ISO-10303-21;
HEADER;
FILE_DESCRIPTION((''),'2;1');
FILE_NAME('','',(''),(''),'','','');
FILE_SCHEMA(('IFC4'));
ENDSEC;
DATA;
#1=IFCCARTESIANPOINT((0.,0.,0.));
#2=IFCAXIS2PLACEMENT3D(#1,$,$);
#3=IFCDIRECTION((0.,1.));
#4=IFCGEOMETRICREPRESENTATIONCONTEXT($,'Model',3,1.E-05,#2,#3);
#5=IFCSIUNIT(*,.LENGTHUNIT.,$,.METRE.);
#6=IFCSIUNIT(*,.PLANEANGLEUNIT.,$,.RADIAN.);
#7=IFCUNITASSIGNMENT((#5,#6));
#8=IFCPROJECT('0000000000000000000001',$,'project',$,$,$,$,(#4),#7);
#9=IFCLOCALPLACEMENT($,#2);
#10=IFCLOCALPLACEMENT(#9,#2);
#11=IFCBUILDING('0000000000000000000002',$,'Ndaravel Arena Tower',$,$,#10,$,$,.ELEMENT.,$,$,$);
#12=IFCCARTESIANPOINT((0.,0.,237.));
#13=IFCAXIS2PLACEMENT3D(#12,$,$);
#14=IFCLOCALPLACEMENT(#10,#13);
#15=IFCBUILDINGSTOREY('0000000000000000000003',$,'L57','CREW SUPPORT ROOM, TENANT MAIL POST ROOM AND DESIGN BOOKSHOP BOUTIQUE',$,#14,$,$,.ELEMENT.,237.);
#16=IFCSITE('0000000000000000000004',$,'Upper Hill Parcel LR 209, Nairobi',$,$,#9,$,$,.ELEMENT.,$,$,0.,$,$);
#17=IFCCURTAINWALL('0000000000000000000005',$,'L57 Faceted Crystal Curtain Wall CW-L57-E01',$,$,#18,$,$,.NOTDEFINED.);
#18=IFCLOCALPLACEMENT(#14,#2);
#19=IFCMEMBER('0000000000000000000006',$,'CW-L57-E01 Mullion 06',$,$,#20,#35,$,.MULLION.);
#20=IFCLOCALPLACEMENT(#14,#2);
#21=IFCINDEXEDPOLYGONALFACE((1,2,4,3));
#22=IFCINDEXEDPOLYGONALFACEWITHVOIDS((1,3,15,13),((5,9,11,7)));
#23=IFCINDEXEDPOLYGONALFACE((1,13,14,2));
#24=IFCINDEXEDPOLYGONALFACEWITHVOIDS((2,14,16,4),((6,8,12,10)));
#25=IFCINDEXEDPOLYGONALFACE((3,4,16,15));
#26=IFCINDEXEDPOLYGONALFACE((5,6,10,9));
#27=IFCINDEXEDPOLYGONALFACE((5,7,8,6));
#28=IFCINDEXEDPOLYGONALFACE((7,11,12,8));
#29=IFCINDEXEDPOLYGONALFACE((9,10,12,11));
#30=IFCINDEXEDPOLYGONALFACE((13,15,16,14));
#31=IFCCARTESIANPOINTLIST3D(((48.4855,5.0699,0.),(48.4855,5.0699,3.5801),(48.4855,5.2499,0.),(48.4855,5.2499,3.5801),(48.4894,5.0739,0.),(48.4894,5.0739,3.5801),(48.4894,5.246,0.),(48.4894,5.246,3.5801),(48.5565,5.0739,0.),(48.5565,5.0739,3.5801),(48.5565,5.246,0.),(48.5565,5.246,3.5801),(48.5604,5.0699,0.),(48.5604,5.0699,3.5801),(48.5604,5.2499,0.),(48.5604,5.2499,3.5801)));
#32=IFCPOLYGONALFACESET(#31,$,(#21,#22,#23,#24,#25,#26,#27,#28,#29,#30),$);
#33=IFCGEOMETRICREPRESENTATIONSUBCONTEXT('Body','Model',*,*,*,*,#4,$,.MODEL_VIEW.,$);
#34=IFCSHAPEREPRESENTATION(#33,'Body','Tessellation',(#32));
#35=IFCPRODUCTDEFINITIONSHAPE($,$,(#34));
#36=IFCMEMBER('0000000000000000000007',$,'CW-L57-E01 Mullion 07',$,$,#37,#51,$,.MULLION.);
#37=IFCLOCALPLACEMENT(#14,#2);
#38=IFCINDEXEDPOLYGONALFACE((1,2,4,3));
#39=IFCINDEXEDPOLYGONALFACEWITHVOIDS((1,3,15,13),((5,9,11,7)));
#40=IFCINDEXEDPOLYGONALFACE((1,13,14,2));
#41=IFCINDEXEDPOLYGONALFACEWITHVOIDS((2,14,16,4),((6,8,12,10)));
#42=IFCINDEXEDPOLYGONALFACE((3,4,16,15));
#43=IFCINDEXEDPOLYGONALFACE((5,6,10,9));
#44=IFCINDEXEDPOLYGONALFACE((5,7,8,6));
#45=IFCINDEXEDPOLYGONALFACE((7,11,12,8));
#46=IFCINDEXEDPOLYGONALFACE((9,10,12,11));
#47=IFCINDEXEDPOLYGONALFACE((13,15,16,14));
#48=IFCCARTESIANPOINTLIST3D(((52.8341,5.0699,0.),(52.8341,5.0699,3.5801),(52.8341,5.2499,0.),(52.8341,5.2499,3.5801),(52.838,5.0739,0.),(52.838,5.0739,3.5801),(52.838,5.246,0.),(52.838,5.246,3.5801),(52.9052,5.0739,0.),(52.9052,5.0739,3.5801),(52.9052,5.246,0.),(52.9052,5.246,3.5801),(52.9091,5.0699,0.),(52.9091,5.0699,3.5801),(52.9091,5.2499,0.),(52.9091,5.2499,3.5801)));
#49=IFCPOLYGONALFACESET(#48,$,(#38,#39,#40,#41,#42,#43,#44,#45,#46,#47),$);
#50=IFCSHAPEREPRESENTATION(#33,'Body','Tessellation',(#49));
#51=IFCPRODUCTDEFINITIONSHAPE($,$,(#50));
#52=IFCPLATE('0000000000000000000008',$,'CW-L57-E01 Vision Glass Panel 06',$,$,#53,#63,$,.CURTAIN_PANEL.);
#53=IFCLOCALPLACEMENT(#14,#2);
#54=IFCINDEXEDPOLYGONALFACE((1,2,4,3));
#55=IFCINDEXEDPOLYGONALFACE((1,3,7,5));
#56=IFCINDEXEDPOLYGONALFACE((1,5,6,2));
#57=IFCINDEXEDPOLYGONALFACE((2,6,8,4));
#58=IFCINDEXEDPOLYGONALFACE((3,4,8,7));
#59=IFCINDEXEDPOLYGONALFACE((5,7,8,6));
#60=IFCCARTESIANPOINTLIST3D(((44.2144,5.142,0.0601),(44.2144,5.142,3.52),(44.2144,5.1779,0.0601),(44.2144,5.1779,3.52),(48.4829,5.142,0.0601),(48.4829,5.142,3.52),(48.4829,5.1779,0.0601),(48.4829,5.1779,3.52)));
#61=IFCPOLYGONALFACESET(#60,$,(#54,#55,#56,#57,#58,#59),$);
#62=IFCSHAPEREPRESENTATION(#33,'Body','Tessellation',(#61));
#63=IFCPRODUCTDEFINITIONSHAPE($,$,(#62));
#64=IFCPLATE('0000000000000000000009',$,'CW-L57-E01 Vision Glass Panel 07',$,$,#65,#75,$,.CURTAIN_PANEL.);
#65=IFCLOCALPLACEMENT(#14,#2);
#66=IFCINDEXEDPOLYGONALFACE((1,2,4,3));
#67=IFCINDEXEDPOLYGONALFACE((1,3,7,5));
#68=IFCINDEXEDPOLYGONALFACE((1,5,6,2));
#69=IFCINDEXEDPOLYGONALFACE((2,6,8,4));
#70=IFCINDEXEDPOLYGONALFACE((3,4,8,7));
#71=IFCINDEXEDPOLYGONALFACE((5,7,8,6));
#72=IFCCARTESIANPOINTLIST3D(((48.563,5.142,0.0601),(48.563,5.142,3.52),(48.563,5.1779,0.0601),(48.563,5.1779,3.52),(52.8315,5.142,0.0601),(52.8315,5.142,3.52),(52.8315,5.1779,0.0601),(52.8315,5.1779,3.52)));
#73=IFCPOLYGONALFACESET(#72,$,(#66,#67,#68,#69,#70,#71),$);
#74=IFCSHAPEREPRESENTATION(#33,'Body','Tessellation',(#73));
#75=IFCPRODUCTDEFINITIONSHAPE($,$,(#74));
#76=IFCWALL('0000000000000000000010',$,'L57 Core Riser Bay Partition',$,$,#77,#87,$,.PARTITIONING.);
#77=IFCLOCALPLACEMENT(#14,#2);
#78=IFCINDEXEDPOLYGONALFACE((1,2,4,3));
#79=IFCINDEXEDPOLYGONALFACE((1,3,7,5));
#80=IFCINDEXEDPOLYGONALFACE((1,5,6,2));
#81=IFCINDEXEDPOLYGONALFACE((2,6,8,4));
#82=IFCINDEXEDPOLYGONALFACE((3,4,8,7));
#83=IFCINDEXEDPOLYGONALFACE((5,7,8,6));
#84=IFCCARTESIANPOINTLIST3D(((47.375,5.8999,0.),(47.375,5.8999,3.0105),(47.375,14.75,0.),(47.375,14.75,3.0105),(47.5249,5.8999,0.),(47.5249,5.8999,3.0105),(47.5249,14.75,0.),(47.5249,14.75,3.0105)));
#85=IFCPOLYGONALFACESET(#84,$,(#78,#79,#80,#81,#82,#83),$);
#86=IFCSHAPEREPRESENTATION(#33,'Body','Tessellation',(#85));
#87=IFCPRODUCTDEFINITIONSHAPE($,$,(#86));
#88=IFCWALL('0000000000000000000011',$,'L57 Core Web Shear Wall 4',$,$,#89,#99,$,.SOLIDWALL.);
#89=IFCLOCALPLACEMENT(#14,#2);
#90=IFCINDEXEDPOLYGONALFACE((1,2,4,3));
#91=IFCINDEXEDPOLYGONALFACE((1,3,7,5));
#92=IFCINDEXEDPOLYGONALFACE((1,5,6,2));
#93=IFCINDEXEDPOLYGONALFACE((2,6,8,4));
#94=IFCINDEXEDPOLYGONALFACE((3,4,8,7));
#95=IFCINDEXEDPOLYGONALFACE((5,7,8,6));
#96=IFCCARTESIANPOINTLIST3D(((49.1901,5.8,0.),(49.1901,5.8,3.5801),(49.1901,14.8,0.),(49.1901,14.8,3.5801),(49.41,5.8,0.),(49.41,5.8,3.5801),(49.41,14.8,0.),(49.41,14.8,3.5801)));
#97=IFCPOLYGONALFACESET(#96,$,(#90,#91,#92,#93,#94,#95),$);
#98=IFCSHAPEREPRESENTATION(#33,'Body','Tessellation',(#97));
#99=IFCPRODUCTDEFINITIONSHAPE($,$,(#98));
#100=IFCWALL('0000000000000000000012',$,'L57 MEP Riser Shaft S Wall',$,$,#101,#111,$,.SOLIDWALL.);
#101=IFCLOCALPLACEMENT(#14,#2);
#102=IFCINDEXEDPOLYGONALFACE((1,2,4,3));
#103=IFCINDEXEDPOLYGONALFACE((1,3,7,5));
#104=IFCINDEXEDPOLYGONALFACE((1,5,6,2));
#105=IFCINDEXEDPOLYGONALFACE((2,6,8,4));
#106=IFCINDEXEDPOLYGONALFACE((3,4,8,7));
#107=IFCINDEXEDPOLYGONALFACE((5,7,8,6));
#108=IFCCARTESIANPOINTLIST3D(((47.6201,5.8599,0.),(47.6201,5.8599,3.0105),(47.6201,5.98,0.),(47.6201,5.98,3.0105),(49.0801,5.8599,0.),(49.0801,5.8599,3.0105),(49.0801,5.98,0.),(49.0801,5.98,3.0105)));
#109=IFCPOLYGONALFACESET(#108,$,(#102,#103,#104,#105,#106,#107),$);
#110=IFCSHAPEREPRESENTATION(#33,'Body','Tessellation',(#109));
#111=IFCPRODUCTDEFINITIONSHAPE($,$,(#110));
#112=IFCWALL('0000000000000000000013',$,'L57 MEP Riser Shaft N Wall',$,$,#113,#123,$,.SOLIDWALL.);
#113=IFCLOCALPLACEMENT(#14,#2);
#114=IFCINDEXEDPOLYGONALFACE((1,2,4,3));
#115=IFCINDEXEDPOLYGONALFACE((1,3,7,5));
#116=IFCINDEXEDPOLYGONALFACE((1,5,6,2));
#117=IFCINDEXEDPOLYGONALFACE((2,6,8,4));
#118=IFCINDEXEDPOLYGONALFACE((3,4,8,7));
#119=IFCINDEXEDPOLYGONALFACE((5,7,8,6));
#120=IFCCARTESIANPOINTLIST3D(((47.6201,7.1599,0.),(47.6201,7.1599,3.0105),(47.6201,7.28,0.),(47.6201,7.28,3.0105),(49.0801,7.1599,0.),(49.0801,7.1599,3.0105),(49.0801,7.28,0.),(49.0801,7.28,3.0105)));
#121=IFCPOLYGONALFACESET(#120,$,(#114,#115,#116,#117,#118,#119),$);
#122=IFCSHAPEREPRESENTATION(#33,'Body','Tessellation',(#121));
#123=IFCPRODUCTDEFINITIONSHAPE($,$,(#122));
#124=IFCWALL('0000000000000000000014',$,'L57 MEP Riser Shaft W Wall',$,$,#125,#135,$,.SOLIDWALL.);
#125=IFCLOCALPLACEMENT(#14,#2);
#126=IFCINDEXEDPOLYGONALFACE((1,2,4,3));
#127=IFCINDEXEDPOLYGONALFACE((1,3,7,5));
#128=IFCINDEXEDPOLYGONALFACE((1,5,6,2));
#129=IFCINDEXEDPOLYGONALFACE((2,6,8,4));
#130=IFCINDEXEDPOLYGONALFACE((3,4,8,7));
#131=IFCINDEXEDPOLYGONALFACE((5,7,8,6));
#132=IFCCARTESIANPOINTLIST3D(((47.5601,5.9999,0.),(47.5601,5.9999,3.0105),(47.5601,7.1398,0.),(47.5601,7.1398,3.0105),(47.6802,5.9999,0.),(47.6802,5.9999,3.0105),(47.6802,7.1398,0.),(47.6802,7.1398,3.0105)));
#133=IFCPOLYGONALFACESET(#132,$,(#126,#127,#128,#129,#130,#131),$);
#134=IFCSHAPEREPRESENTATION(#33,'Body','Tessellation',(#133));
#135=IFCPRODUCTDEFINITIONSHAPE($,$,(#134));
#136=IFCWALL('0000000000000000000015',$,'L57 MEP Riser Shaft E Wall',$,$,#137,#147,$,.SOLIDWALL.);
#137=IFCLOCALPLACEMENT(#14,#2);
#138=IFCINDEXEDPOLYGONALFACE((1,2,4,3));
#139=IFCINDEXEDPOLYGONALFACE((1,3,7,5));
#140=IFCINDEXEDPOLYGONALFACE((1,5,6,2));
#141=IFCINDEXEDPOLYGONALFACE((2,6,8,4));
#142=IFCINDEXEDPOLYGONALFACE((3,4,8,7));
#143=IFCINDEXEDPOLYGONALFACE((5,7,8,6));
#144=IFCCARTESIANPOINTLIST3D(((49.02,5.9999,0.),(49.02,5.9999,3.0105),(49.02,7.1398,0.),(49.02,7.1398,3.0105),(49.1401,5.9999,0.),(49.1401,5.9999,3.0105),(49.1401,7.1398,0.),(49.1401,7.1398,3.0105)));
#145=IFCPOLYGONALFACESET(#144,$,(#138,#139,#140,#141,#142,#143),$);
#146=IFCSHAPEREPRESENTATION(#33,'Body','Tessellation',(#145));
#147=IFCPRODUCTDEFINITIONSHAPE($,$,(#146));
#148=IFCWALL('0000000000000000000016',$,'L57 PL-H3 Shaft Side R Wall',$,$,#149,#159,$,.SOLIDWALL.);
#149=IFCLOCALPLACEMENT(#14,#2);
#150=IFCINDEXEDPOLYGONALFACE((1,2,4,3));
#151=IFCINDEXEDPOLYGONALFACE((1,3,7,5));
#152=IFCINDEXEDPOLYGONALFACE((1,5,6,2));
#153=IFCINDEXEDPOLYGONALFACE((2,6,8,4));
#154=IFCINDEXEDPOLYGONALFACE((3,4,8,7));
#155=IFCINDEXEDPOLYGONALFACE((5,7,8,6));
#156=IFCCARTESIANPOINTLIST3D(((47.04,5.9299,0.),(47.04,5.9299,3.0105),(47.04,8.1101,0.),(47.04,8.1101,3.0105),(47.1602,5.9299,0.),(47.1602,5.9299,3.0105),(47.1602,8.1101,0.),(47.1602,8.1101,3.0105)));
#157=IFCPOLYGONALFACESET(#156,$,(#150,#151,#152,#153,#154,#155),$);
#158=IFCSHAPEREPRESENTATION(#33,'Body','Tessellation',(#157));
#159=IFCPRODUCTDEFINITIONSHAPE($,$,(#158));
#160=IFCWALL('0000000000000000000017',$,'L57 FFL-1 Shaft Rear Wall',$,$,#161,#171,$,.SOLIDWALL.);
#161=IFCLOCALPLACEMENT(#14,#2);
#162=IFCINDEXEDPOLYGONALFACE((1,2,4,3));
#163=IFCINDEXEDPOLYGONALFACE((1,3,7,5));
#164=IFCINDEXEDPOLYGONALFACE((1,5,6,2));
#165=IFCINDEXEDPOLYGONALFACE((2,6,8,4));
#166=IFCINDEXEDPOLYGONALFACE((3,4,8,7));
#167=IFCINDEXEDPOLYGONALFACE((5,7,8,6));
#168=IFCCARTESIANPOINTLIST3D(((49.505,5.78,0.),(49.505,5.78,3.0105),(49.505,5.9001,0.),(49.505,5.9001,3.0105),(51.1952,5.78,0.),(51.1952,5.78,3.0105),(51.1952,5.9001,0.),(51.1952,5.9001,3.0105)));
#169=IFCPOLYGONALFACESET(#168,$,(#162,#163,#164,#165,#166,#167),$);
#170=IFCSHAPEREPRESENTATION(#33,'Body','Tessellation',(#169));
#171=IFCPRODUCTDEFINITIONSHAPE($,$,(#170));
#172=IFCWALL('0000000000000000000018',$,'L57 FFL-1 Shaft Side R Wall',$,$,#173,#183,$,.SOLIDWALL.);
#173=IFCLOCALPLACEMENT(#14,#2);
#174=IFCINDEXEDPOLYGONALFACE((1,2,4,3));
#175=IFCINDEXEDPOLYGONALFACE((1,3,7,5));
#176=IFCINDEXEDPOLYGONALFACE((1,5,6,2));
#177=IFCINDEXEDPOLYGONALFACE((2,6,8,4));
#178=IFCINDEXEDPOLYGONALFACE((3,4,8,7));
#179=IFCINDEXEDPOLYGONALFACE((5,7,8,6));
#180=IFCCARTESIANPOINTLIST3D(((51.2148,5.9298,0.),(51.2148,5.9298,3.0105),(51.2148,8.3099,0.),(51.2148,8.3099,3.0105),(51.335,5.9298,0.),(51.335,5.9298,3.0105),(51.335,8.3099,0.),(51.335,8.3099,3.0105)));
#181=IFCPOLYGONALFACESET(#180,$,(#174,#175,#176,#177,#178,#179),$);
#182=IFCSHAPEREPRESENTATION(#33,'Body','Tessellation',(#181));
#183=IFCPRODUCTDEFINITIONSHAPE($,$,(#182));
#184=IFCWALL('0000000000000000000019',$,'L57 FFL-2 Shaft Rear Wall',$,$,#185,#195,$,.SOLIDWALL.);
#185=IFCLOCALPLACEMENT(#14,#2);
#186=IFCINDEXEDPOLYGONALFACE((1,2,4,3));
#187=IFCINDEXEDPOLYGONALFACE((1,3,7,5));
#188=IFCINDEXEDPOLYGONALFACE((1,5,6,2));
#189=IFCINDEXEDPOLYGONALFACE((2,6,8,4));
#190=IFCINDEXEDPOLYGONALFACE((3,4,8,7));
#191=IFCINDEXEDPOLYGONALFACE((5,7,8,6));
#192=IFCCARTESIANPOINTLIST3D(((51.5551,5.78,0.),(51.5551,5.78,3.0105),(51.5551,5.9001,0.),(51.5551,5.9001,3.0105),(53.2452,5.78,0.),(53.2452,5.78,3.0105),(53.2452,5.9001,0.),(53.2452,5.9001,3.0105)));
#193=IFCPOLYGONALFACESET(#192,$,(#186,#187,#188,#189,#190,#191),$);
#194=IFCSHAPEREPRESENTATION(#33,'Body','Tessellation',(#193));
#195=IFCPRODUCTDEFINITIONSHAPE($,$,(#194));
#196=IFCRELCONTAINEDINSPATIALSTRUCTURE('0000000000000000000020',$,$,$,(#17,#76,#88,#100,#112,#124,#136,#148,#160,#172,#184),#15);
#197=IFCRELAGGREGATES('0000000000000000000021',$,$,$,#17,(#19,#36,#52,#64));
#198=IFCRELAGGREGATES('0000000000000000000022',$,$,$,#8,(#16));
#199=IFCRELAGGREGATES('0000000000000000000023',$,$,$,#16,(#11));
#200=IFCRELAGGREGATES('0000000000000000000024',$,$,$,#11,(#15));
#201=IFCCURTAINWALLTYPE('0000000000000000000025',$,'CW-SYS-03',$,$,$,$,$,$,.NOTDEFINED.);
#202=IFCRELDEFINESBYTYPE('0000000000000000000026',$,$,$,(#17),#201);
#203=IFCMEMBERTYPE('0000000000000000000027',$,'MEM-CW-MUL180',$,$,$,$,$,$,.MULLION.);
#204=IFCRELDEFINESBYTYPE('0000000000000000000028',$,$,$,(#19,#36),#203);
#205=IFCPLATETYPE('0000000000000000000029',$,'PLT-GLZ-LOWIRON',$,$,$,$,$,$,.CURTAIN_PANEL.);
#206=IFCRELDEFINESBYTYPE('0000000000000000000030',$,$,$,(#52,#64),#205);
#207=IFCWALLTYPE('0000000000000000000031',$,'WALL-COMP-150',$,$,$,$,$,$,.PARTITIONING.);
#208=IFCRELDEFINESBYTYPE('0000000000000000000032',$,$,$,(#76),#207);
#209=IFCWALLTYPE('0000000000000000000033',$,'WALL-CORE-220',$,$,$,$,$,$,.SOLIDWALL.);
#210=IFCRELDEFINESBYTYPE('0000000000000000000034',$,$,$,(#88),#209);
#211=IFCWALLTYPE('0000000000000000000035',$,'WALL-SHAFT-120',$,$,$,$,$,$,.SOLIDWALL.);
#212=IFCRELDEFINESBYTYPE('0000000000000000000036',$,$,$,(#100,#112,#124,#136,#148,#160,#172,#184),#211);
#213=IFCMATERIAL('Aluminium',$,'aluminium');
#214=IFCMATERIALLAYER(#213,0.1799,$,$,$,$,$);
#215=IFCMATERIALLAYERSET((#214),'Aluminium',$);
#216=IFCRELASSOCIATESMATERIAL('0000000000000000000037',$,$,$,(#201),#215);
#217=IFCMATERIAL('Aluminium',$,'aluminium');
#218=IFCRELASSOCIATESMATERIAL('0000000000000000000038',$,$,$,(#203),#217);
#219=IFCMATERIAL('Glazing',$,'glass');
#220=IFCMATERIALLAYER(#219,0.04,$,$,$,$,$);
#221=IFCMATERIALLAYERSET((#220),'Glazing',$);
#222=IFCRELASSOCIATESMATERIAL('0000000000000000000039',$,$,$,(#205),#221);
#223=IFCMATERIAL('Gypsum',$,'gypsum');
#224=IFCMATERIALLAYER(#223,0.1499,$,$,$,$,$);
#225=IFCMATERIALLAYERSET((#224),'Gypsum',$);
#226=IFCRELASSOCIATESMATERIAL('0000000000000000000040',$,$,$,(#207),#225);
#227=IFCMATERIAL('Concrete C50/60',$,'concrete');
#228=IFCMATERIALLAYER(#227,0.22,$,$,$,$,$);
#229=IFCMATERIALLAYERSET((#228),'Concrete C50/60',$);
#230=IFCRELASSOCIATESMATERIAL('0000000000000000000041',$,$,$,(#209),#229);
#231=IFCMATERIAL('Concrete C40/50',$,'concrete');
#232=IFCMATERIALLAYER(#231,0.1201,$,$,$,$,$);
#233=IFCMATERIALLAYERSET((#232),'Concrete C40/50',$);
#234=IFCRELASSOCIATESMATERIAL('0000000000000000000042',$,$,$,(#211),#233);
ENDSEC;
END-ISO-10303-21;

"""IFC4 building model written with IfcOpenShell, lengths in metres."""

from ifc_helpers import new_model, si_unit, direction, frame, frame_2d, origin, origin_2d, place, context, subcontext, project, spatial, rectangle, hollow_rectangle, extrude, material, layer, layer_set, material_profile, profile_set, type_object, element, aggregate, save


model = new_model("IFC4")

# Units and contexts
model_context = context("Model", 3, precision=1e-05, world=origin(), true_north=direction((0.0, 1.0)))
body_context = subcontext(model_context, "Body", "Model", "MODEL_VIEW")
ifc_project = project(units=[si_unit("LENGTHUNIT", "METRE"), si_unit("PLANEANGLEUNIT", "RADIAN")], contexts=[model_context])

# Site, building, storey
site_placement = place(None, origin())
site = spatial("IfcSite", under=ifc_project, at=site_placement, Name="Upper Hill Parcel LR 209, Nairobi", CompositionType="ELEMENT", RefElevation=0.0)
building_placement = place(site_placement, origin())
building = spatial("IfcBuilding", under=site, at=building_placement, Name="Ndaravel Arena Tower", CompositionType="ELEMENT")
storey_placement = place(building_placement, frame((0.0, 0.0, 237.0)))
storey = spatial("IfcBuildingStorey", under=building, at=storey_placement, Name="L57", Description="CREW SUPPORT ROOM, TENANT MAIL POST ROOM AND DESIGN BOOKSHOP BOUTIQUE", CompositionType="ELEMENT", Elevation=237.0)

# Curtain wall, members, plates
ifc_material_1 = material(Name="Aluminium", Category="aluminium")
ifc_layer_1 = layer(ifc_material_1, 0.1799)
ifc_layer_set_1 = layer_set([ifc_layer_1], Name="Aluminium")
curtain_wall_type = type_object("IfcCurtainWallType", Name="CW-SYS-03", PredefinedType="NOTDEFINED", material=ifc_layer_set_1)
curtain_wall_placement = place(storey_placement, origin())
curtain_wall = element("IfcCurtainWall", 1, at=curtain_wall_placement, inside=storey, type_object=curtain_wall_type, Name="L57 Faceted Crystal Curtain Wall CW-L57-E01", PredefinedType="NOTDEFINED")
ifc_material_2 = material(Name="Aluminium", Category="aluminium")
ifc_material_profile = material_profile(ifc_material_2, hollow_rectangle(XDim=0.075, YDim=0.1799, WallThickness=0.0039, at=origin_2d()), Name="CW MULLION 75x180x4")
ifc_profile_set = profile_set([ifc_material_profile], Name="Aluminium")
member_type = type_object("IfcMemberType", Name="MEM-CW-MUL180", PredefinedType="MULLION", material=ifc_profile_set)
member_1_placement = place(storey_placement, frame((48.5229, 5.1599, 0.0), z_axis=(0.0, 0.0, 1.0), x_axis=(1.0, 0.0, 0.0)))
member_1 = element("IfcMember", 2, at=member_1_placement, type_object=member_type, Name="CW-L57-E01 Mullion 06", PredefinedType="MULLION", context=body_context, shape_type="SweptSolid", body=[
    extrude(hollow_rectangle(XDim=0.075, YDim=0.1799, WallThickness=0.0039, at=origin_2d()), origin(), (0.0, 0.0, 1.0), 3.5801),
])
member_2_placement = place(storey_placement, frame((52.8716, 5.1599, 0.0), z_axis=(0.0, 0.0, 1.0), x_axis=(1.0, 0.0, 0.0)))
member_2 = element("IfcMember", 3, at=member_2_placement, type_object=member_type, Name="CW-L57-E01 Mullion 07", PredefinedType="MULLION", context=body_context, shape_type="SweptSolid", body=[
    extrude(hollow_rectangle(XDim=0.075, YDim=0.1799, WallThickness=0.0039, at=origin_2d()), origin(), (0.0, 0.0, 1.0), 3.5801),
])
ifc_material_3 = material(Name="Glazing", Category="glass")
ifc_layer_2 = layer(ifc_material_3, 0.04)
ifc_layer_set_2 = layer_set([ifc_layer_2], Name="Glazing")
plate_type = type_object("IfcPlateType", Name="PLT-GLZ-LOWIRON", PredefinedType="CURTAIN_PANEL", material=ifc_layer_set_2)
plate_1_placement = place(storey_placement, frame((46.3486, 5.1599, 0.0601), z_axis=(0.0, 0.0, 1.0), x_axis=(1.0, 0.0, 0.0)))
plate_1 = element("IfcPlate", 4, at=plate_1_placement, type_object=plate_type, Name="CW-L57-E01 Vision Glass Panel 06", PredefinedType="CURTAIN_PANEL", context=body_context, shape_type="SweptSolid", body=[
    extrude(rectangle(XDim=4.2686, YDim=0.0359, at=origin_2d()), origin(), (0.0, 0.0, 1.0), 3.46),
])
plate_2_placement = place(storey_placement, frame((50.6973, 5.1599, 0.0601), z_axis=(0.0, 0.0, 1.0), x_axis=(1.0, 0.0, 0.0)))
plate_2 = element("IfcPlate", 5, at=plate_2_placement, type_object=plate_type, Name="CW-L57-E01 Vision Glass Panel 07", PredefinedType="CURTAIN_PANEL", context=body_context, shape_type="SweptSolid", body=[
    extrude(rectangle(XDim=4.2686, YDim=0.0359, at=origin_2d()), origin(), (0.0, 0.0, 1.0), 3.46),
])
aggregate(curtain_wall, [member_1, member_2, plate_1, plate_2])

# Walls
ifc_material_4 = material(Name="Gypsum", Category="gypsum")
ifc_layer_3 = layer(ifc_material_4, 0.1499)
ifc_layer_set_3 = layer_set([ifc_layer_3], Name="Gypsum")
wall_type_1 = type_object("IfcWallType", Name="WALL-COMP-150", PredefinedType="PARTITIONING", material=ifc_layer_set_3)
wall_1_placement = place(storey_placement, frame((47.45, 5.8999, 0.0), z_axis=(0.0, 0.0, 1.0), x_axis=(0.0, 1.0, 0.0)))
element("IfcWall", 6, at=wall_1_placement, inside=storey, type_object=wall_type_1, Name="L57 Core Riser Bay Partition", PredefinedType="PARTITIONING", context=body_context, shape_type="SweptSolid", body=[
    extrude(rectangle(XDim=8.8501, YDim=0.1499, at=frame_2d((4.425, 0.0))), origin(), (0.0, 0.0, 1.0), 3.0105),
])
ifc_material_5 = material(Name="Concrete C50/60", Category="concrete")
ifc_layer_4 = layer(ifc_material_5, 0.22)
ifc_layer_set_4 = layer_set([ifc_layer_4], Name="Concrete C50/60")
wall_type_2 = type_object("IfcWallType", Name="WALL-CORE-220", PredefinedType="SOLIDWALL", material=ifc_layer_set_4)
wall_2_placement = place(storey_placement, frame((49.3, 5.8, 0.0), z_axis=(0.0, 0.0, 1.0), x_axis=(0.0, 1.0, 0.0)))
element("IfcWall", 7, at=wall_2_placement, inside=storey, type_object=wall_type_2, Name="L57 Core Web Shear Wall 4", PredefinedType="SOLIDWALL", context=body_context, shape_type="SweptSolid", body=[
    extrude(rectangle(XDim=9.0, YDim=0.22, at=frame_2d((4.5, 0.0))), origin(), (0.0, 0.0, 1.0), 3.5801),
])
ifc_material_6 = material(Name="Concrete C40/50", Category="concrete")
ifc_layer_5 = layer(ifc_material_6, 0.1201)
ifc_layer_set_5 = layer_set([ifc_layer_5], Name="Concrete C40/50")
wall_type_3 = type_object("IfcWallType", Name="WALL-SHAFT-120", PredefinedType="SOLIDWALL", material=ifc_layer_set_5)
for number, where, z_axis, x_axis, name in (
    (8, (47.6201, 5.9199, 0.0), (0.0, 0.0, 1.0), (1.0, 0.0, 0.0), "L57 MEP Riser Shaft S Wall"),
    (9, (47.6201, 7.22, 0.0), (0.0, 0.0, 1.0), (1.0, 0.0, 0.0), "L57 MEP Riser Shaft N Wall"),
):
    element("IfcWall", number, at=place(storey_placement, frame(where, z_axis=z_axis, x_axis=x_axis)), inside=storey, type_object=wall_type_3, Name=name, PredefinedType="SOLIDWALL", context=body_context, shape_type="SweptSolid", body=[
        extrude(rectangle(XDim=1.46, YDim=0.1201, at=frame_2d((0.73, 0.0))), origin(), (0.0, 0.0, 1.0), 3.0105),
    ])
for number, where, z_axis, x_axis, name in (
    (10, (47.6201, 6.0, 0.0), (0.0, 0.0, 1.0), (0.0, 1.0, 0.0), "L57 MEP Riser Shaft W Wall"),
    (11, (49.0801, 6.0, 0.0), (0.0, 0.0, 1.0), (0.0, 1.0, 0.0), "L57 MEP Riser Shaft E Wall"),
):
    element("IfcWall", number, at=place(storey_placement, frame(where, z_axis=z_axis, x_axis=x_axis)), inside=storey, type_object=wall_type_3, Name=name, PredefinedType="SOLIDWALL", context=body_context, shape_type="SweptSolid", body=[
        extrude(rectangle(XDim=1.1399, YDim=0.1201, at=frame_2d((0.5698, 0.0))), origin(), (0.0, 0.0, 1.0), 3.0105),
    ])
wall_3_placement = place(storey_placement, frame((47.1001, 5.9299, 0.0), z_axis=(0.0, 0.0, 1.0), x_axis=(0.0, 1.0, 0.0)))
element("IfcWall", 12, at=wall_3_placement, inside=storey, type_object=wall_type_3, Name="L57 PL-H3 Shaft Side R Wall", PredefinedType="SOLIDWALL", context=body_context, shape_type="SweptSolid", body=[
    extrude(rectangle(XDim=2.1802, YDim=0.1201, at=frame_2d((1.0901, 0.0))), origin(), (0.0, 0.0, 1.0), 3.0105),
])
wall_4_placement = place(storey_placement, frame((49.5049, 5.8401, 0.0), z_axis=(0.0, 0.0, 1.0), x_axis=(1.0, 0.0, 0.0)))
element("IfcWall", 13, at=wall_4_placement, inside=storey, type_object=wall_type_3, Name="L57 FFL-1 Shaft Rear Wall", PredefinedType="SOLIDWALL", context=body_context, shape_type="SweptSolid", body=[
    extrude(rectangle(XDim=1.6902, YDim=0.1201, at=frame_2d((0.8452, 0.0))), origin(), (0.0, 0.0, 1.0), 3.0105),
])
wall_5_placement = place(storey_placement, frame((51.2749, 5.9299, 0.0), z_axis=(0.0, 0.0, 1.0), x_axis=(0.0, 1.0, 0.0)))
element("IfcWall", 14, at=wall_5_placement, inside=storey, type_object=wall_type_3, Name="L57 FFL-1 Shaft Side R Wall", PredefinedType="SOLIDWALL", context=body_context, shape_type="SweptSolid", body=[
    extrude(rectangle(XDim=2.3801, YDim=0.1201, at=frame_2d((1.1899, 0.0))), origin(), (0.0, 0.0, 1.0), 3.0105),
])
wall_6_placement = place(storey_placement, frame((51.5549, 5.8401, 0.0), z_axis=(0.0, 0.0, 1.0), x_axis=(1.0, 0.0, 0.0)))
element("IfcWall", 15, at=wall_6_placement, inside=storey, type_object=wall_type_3, Name="L57 FFL-2 Shaft Rear Wall", PredefinedType="SOLIDWALL", context=body_context, shape_type="SweptSolid", body=[
    extrude(rectangle(XDim=1.6902, YDim=0.1201, at=frame_2d((0.8452, 0.0))), origin(), (0.0, 0.0, 1.0), 3.0105),
])

save(model, "model.ifc")
